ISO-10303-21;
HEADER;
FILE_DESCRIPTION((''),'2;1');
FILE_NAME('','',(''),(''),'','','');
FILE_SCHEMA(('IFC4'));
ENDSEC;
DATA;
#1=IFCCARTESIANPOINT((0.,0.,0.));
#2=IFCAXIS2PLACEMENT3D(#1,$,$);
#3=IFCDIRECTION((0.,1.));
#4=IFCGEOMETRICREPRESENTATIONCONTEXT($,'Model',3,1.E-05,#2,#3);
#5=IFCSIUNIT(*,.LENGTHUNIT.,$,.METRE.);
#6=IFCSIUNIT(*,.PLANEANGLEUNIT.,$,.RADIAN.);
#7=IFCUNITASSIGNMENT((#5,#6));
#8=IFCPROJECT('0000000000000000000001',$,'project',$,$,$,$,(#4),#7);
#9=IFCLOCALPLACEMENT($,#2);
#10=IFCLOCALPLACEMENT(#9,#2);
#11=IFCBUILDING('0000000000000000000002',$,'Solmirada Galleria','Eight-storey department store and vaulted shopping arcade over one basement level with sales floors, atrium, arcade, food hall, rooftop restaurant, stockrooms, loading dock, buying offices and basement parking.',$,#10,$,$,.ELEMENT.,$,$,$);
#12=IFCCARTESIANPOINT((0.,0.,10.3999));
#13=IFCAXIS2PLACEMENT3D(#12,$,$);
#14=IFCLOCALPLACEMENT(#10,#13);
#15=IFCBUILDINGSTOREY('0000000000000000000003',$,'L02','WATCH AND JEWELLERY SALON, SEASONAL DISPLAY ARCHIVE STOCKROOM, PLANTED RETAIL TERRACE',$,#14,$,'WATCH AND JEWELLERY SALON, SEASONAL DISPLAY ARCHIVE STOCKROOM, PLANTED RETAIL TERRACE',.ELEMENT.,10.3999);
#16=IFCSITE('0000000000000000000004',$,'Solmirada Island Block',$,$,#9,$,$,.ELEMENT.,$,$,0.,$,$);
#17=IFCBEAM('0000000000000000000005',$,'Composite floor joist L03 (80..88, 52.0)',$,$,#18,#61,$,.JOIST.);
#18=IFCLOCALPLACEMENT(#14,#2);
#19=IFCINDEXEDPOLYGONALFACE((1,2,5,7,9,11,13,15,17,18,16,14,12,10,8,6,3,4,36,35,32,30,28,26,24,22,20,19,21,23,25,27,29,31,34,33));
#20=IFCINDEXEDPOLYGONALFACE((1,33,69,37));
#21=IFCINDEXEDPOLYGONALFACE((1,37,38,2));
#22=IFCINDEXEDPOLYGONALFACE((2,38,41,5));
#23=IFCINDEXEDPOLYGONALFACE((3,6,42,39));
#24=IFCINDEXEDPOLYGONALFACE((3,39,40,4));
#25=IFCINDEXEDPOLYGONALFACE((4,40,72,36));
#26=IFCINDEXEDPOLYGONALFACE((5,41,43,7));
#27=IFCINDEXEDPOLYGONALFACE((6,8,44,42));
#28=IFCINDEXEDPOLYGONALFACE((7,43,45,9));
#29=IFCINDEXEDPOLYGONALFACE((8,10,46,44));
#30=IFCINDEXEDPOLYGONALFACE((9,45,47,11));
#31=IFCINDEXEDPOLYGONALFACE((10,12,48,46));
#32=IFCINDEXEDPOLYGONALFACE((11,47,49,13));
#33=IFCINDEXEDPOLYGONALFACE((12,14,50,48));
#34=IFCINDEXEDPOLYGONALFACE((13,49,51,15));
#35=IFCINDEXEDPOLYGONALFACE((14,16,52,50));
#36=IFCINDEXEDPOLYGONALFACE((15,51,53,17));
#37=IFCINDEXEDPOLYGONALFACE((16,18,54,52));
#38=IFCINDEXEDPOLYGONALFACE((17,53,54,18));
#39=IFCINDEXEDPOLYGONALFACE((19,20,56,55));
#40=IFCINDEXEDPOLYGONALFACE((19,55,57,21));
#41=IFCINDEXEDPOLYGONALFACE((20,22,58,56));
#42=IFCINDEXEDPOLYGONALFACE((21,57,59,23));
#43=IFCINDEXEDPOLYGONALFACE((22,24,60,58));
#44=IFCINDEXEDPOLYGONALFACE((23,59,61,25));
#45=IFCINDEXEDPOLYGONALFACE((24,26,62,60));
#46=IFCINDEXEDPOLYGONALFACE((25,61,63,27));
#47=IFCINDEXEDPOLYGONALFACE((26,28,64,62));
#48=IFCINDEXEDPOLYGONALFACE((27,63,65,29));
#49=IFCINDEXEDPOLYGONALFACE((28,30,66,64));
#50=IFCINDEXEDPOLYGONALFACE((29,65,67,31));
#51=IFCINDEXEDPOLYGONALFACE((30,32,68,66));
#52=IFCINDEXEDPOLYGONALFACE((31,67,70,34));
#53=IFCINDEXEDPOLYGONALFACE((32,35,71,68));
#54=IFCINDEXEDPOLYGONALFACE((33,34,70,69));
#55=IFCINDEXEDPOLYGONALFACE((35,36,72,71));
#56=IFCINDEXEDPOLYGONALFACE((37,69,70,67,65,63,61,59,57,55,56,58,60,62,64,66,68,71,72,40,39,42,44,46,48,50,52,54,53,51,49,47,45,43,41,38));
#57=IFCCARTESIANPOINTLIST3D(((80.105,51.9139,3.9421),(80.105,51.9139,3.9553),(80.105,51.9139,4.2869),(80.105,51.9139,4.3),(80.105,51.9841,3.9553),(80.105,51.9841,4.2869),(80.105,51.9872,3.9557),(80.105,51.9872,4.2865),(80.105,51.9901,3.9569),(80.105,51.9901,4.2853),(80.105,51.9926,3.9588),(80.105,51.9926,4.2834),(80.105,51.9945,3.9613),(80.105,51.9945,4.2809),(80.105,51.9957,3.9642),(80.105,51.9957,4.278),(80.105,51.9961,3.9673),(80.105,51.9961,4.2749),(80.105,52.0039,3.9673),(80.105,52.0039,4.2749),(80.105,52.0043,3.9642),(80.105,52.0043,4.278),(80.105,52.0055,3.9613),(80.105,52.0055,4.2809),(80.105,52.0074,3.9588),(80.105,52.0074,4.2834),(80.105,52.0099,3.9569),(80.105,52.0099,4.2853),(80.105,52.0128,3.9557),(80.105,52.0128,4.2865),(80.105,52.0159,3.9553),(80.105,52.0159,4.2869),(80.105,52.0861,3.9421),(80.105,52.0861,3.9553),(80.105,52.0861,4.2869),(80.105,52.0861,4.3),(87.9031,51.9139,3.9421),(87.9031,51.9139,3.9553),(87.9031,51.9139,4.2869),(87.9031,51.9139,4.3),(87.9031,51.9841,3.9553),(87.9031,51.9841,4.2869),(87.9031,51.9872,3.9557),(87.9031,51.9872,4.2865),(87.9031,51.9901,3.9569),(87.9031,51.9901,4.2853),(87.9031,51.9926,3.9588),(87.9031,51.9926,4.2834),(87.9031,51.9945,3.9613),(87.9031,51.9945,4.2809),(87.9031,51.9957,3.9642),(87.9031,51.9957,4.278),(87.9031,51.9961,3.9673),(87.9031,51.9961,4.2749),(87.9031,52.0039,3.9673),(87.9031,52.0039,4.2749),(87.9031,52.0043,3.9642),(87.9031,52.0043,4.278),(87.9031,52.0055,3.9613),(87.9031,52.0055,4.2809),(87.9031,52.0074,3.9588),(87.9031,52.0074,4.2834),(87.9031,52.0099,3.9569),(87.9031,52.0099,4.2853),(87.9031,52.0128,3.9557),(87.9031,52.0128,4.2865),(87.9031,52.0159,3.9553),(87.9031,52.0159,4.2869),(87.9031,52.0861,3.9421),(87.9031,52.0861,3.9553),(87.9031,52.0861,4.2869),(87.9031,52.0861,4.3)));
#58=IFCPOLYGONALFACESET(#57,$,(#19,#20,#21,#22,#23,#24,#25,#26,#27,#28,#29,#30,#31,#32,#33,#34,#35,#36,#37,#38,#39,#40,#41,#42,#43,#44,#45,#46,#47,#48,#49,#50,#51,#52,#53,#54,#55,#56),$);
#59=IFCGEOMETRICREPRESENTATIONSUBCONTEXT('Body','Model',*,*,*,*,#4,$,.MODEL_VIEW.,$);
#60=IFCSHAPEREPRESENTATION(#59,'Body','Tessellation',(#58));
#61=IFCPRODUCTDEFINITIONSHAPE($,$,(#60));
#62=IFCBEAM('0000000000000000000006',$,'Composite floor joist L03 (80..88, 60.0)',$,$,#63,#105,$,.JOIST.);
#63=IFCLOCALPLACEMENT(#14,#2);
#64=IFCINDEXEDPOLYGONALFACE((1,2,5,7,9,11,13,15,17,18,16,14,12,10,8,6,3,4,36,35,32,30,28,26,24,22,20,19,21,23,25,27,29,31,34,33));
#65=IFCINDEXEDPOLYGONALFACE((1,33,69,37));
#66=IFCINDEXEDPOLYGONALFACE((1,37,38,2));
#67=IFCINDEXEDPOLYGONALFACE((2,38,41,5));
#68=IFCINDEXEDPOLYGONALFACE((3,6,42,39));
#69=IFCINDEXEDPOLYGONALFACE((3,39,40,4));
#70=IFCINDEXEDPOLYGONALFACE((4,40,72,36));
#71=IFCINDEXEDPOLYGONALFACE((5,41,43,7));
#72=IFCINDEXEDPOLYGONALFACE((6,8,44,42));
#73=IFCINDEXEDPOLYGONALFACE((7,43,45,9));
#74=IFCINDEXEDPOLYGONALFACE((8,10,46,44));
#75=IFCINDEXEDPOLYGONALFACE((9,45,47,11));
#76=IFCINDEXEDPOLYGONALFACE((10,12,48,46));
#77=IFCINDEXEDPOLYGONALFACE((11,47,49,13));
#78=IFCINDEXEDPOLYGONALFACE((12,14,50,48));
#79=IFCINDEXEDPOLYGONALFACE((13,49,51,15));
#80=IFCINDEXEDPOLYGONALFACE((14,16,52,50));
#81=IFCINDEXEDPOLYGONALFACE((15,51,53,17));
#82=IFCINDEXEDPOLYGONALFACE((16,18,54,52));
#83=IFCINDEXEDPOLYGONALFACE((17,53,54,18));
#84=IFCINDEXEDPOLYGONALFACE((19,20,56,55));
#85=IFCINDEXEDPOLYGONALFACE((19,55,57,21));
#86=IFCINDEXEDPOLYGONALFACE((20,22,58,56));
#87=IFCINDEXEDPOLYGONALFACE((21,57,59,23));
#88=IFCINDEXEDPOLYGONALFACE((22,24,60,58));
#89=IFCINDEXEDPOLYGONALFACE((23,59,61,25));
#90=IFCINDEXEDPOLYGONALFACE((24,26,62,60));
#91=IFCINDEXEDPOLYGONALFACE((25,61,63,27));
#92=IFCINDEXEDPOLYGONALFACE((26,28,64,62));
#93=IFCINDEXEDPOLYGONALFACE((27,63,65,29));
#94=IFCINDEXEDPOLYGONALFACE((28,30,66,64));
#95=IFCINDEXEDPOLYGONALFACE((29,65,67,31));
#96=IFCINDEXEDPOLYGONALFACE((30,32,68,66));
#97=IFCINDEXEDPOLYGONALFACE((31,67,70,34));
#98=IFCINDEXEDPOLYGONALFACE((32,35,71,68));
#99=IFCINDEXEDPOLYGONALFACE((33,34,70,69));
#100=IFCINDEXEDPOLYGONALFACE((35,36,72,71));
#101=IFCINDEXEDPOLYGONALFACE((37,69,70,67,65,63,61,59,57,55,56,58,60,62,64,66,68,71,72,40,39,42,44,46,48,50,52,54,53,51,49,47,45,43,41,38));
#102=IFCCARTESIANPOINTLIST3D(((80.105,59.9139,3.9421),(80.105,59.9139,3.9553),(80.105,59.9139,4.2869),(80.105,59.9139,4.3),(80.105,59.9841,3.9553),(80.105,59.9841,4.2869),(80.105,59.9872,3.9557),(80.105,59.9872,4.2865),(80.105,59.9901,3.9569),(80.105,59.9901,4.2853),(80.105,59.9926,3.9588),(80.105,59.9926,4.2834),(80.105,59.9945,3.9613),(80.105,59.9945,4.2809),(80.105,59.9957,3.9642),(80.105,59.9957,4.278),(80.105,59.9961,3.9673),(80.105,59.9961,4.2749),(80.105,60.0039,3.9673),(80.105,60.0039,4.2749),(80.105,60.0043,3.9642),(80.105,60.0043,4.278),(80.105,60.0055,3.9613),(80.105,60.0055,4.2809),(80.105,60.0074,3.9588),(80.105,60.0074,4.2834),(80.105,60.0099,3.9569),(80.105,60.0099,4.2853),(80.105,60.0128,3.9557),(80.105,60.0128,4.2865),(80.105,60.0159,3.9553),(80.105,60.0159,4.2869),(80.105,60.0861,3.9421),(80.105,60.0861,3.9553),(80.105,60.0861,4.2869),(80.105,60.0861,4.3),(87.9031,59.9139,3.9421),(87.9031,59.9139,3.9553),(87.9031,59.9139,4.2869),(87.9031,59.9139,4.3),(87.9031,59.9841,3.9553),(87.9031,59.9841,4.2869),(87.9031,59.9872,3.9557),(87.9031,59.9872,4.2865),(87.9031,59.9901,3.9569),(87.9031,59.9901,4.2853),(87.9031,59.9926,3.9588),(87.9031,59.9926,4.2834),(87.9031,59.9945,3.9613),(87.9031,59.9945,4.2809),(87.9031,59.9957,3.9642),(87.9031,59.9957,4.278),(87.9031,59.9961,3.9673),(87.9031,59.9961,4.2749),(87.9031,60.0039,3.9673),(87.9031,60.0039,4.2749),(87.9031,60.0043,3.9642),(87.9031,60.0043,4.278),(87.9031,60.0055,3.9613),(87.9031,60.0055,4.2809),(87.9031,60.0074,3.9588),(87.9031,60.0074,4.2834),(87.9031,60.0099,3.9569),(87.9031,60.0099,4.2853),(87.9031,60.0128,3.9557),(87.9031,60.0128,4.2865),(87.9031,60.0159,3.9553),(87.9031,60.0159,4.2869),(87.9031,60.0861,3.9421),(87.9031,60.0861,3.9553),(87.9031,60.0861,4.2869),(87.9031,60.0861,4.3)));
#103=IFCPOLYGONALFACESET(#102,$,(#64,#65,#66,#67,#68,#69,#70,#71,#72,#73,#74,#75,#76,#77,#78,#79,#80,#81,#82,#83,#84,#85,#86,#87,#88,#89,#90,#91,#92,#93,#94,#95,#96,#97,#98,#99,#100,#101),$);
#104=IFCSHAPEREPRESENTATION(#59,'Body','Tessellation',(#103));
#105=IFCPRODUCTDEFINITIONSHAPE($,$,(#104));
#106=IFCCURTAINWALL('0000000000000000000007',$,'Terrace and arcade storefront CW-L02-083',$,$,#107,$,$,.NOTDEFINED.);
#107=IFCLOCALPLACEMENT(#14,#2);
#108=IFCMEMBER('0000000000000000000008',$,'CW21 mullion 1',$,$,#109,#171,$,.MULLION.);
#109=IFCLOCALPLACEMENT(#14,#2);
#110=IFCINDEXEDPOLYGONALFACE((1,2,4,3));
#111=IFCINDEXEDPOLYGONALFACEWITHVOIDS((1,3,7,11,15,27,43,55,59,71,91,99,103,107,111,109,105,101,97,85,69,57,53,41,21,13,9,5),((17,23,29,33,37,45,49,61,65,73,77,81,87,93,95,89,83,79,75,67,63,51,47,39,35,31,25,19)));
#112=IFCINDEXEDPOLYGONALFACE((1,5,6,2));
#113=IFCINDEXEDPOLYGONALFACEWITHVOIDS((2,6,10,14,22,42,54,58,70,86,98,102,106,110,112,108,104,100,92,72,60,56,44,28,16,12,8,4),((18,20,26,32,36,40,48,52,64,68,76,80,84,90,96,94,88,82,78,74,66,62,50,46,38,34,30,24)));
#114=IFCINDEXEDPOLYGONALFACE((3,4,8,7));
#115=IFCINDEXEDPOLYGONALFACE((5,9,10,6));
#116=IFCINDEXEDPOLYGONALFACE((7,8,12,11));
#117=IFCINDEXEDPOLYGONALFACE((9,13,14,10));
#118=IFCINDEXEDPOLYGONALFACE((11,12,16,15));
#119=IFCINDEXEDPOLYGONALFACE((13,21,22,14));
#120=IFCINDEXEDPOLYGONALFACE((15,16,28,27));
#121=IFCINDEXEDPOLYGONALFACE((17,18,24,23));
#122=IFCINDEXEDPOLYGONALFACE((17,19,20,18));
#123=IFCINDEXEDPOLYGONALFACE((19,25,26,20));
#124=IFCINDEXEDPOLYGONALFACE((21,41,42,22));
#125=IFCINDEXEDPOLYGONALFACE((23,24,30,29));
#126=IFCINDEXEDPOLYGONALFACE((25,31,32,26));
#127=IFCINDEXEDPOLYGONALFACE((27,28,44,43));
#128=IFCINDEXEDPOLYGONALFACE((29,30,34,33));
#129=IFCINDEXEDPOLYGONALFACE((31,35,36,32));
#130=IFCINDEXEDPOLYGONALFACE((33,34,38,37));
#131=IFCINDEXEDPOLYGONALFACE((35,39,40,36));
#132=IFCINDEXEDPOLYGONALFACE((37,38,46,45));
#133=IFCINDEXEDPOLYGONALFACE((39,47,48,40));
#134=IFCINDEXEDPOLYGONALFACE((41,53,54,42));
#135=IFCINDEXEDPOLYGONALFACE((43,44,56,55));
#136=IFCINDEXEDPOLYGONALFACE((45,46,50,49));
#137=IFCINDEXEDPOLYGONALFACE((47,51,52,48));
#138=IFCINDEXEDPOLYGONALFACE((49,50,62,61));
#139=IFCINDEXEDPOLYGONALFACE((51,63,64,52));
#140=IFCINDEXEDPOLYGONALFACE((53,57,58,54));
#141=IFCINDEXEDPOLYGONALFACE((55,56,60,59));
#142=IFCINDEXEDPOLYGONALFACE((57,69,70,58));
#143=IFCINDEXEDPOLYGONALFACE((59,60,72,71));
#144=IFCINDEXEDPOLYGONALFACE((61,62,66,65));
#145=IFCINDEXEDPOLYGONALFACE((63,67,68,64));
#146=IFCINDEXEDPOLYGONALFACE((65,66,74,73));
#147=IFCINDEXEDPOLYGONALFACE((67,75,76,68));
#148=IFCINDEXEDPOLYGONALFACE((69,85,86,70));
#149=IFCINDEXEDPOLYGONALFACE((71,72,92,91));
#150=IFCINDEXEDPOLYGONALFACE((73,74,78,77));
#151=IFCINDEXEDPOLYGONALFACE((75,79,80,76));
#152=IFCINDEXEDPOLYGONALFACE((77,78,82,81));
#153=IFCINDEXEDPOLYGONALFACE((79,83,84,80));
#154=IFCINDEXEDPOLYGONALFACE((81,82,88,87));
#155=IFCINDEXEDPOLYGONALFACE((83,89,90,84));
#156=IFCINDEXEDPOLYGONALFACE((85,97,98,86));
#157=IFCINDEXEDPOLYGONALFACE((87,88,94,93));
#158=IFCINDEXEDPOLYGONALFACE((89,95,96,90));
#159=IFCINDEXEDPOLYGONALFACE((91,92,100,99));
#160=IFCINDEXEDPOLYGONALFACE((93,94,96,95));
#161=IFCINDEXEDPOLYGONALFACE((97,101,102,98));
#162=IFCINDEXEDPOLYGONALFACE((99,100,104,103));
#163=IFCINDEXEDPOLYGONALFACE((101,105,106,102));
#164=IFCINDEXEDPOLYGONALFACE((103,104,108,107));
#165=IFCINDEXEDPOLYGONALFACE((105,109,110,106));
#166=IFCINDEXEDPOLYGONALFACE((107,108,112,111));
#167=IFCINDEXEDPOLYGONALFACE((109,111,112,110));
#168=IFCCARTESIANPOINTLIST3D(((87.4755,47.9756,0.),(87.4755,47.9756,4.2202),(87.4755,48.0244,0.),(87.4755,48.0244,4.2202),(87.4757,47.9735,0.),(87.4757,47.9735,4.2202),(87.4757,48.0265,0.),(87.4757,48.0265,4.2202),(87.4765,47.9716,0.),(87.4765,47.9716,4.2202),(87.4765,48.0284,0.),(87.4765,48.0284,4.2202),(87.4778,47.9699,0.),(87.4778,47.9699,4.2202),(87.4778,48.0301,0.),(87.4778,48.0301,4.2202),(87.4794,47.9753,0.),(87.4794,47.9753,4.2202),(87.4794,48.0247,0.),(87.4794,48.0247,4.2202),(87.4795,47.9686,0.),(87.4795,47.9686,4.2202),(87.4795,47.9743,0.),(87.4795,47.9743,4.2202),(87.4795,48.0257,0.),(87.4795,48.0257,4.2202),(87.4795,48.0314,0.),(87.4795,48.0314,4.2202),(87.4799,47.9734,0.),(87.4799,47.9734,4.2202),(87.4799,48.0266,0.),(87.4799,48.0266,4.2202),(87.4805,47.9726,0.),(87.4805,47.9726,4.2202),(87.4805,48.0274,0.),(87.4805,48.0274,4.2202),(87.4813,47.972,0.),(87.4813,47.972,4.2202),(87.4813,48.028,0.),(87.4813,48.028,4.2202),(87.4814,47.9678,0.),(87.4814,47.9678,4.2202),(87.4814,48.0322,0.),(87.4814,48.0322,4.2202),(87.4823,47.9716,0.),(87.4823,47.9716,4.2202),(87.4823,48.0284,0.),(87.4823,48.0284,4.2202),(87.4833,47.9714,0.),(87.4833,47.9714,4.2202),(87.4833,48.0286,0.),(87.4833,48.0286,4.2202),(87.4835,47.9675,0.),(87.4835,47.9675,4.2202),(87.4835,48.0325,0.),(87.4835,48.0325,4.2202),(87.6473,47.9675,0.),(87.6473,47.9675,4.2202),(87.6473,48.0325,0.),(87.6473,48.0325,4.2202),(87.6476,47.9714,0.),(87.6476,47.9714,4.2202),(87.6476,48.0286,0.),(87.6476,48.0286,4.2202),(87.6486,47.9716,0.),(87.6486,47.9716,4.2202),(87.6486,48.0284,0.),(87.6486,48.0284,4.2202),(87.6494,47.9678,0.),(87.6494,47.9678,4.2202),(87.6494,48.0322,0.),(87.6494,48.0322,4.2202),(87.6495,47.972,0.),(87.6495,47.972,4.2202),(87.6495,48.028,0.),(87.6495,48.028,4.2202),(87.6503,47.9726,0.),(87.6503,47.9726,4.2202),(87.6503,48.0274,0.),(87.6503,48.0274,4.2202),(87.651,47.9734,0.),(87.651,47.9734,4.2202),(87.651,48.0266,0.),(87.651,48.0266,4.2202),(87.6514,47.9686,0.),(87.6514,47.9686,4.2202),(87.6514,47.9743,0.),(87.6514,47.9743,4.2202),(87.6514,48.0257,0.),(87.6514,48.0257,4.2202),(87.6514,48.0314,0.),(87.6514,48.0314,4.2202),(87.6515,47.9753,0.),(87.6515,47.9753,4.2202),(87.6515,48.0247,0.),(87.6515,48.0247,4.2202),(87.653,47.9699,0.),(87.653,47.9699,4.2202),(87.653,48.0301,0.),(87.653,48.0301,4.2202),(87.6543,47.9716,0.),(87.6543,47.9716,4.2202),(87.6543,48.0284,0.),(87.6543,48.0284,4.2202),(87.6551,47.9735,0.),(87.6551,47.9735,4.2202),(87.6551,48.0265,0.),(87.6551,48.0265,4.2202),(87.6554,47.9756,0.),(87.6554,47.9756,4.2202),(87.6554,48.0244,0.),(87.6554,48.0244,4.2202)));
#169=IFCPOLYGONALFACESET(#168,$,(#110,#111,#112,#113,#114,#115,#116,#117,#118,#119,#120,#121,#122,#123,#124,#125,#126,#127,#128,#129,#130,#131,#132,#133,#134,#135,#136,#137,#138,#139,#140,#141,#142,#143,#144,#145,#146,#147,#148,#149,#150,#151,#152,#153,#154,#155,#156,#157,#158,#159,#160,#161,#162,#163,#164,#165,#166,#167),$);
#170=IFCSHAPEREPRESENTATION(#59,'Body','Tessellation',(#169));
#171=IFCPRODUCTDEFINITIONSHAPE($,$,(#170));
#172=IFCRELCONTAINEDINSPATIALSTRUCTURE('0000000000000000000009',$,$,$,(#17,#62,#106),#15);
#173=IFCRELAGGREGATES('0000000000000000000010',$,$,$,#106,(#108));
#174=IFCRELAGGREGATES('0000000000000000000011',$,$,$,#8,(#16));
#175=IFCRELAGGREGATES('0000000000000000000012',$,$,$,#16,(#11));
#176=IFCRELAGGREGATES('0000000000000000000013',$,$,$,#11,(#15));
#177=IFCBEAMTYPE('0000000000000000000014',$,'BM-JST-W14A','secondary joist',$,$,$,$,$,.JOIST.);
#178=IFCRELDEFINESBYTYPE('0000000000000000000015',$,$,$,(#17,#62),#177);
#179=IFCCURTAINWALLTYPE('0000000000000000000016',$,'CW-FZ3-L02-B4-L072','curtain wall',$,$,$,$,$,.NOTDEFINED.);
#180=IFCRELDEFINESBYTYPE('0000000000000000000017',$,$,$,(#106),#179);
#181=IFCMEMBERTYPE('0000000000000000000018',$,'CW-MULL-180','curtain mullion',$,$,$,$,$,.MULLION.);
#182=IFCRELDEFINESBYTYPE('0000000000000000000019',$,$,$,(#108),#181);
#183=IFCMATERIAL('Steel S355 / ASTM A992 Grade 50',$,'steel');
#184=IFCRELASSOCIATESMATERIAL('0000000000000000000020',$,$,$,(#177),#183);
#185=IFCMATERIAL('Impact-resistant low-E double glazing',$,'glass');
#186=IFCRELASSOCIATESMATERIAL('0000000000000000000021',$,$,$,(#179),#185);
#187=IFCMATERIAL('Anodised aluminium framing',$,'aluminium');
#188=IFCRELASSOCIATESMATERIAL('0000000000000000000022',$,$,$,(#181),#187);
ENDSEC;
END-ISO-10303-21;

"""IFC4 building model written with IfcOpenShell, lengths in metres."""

from ifc_helpers import new_model, si_unit, direction, frame, origin, origin_2d, place, context, subcontext, project, spatial, hollow_rectangle, i_section, extrude, material, material_profile, profile_set, type_object, element, aggregate, save


model = new_model("IFC4")

# Units and contexts
model_context = context("Model", 3, precision=1e-05, world=origin(), true_north=direction((0.0, 1.0)))
body_context = subcontext(model_context, "Body", "Model", "MODEL_VIEW")
ifc_project = project(units=[si_unit("LENGTHUNIT", "METRE"), si_unit("PLANEANGLEUNIT", "RADIAN")], contexts=[model_context])

# Site, building, storey
site_placement = place(None, origin())
site = spatial("IfcSite", under=ifc_project, at=site_placement, Name="Solmirada Island Block", CompositionType="ELEMENT", RefElevation=0.0)
building_placement = place(site_placement, origin())
building = spatial("IfcBuilding", under=site, at=building_placement, Name="Solmirada Galleria", Description="Eight-storey department store and vaulted shopping arcade over one basement level with sales floors, atrium, arcade, food hall, rooftop restaurant, stockrooms, loading dock, buying offices and basement parking.", CompositionType="ELEMENT")
storey_placement = place(building_placement, frame((0.0, 0.0, 10.3999)))
storey = spatial("IfcBuildingStorey", under=building, at=storey_placement, Name="L02", Description="WATCH AND JEWELLERY SALON, SEASONAL DISPLAY ARCHIVE STOCKROOM, PLANTED RETAIL TERRACE", LongName="WATCH AND JEWELLERY SALON, SEASONAL DISPLAY ARCHIVE STOCKROOM, PLANTED RETAIL TERRACE", CompositionType="ELEMENT", Elevation=10.3999)

# Beams
ifc_material_1 = material(Name="Steel S355 / ASTM A992 Grade 50", Category="steel")
ifc_material_profile_1 = material_profile(ifc_material_1, i_section(OverallWidth=0.1721, OverallDepth=0.3579, WebThickness=0.0078, FlangeThickness=0.0132, FilletRadius=0.012, at=origin_2d()), Name="W14X38")
ifc_profile_set_1 = profile_set([ifc_material_profile_1], Name="Steel S355 / ASTM A992 Grade 50")
beam_type_1 = type_object("IfcBeamType", Name="BM-JST-W14A", Description="secondary joist", PredefinedType="JOIST", material=ifc_profile_set_1)
for number, where, z_axis, x_axis, name in (
    (1, (80.105, 52.0, 4.1211), (1.0, 0.0, 0.0), (0.0, 1.0, 0.0), "Composite floor joist L03 (80..88, 52.0)"),
    (2, (80.105, 60.0, 4.1211), (1.0, 0.0, 0.0), (0.0, 1.0, 0.0), "Composite floor joist L03 (80..88, 60.0)"),
):
    element("IfcBeam", number, at=place(storey_placement, frame(where, z_axis=z_axis, x_axis=x_axis)), inside=storey, type_object=beam_type_1, Name=name, PredefinedType="JOIST", context=body_context, shape_type="SweptSolid", body=[
        extrude(i_section(OverallWidth=0.1721, OverallDepth=0.3579, WebThickness=0.0078, FlangeThickness=0.0132, FilletRadius=0.012, at=origin_2d()), origin(), (0.0, 0.0, 1.0), 7.7981),
    ])

# Curtain wall, member
ifc_material_2 = material(Name="Impact-resistant low-E double glazing", Category="glass")
curtain_wall_type = type_object("IfcCurtainWallType", Name="CW-FZ3-L02-B4-L072", Description="curtain wall", PredefinedType="NOTDEFINED", material=ifc_material_2)
curtain_wall_1_placement = place(storey_placement, origin())
curtain_wall_1 = element("IfcCurtainWall", 3, at=curtain_wall_1_placement, inside=storey, type_object=curtain_wall_type, Name="Terrace and arcade storefront CW-L02-083", PredefinedType="NOTDEFINED")
ifc_material_3 = material(Name="Anodised aluminium framing", Category="aluminium")
ifc_material_profile_2 = material_profile(ifc_material_3, hollow_rectangle(XDim=0.0649, YDim=0.1799, WallThickness=0.0039, InnerFilletRadius=0.0039, OuterFilletRadius=0.0081, at=origin_2d()), Name="ALU-MULL-180X65")
ifc_profile_set_2 = profile_set([ifc_material_profile_2], Name="Anodised aluminium framing")
member_type_1 = type_object("IfcMemberType", Name="CW-MULL-180", Description="curtain mullion", PredefinedType="MULLION", material=ifc_profile_set_2)
member_1_placement = place(storey_placement, frame((87.5654, 48.0, 0.0), z_axis=(0.0, 0.0, 1.0), x_axis=(0.0, -1.0, 0.0)))
member_1 = element("IfcMember", 4, at=member_1_placement, type_object=member_type_1, Name="CW21 mullion 1", PredefinedType="MULLION", context=body_context, shape_type="SweptSolid", body=[
    extrude(hollow_rectangle(XDim=0.0649, YDim=0.1799, WallThickness=0.0039, InnerFilletRadius=0.0039, OuterFilletRadius=0.0081, at=origin_2d()), origin(), (0.0, 0.0, 1.0), 4.2202),
])

aggregate(curtain_wall_1, [member_1])

save(model, "model.ifc")
